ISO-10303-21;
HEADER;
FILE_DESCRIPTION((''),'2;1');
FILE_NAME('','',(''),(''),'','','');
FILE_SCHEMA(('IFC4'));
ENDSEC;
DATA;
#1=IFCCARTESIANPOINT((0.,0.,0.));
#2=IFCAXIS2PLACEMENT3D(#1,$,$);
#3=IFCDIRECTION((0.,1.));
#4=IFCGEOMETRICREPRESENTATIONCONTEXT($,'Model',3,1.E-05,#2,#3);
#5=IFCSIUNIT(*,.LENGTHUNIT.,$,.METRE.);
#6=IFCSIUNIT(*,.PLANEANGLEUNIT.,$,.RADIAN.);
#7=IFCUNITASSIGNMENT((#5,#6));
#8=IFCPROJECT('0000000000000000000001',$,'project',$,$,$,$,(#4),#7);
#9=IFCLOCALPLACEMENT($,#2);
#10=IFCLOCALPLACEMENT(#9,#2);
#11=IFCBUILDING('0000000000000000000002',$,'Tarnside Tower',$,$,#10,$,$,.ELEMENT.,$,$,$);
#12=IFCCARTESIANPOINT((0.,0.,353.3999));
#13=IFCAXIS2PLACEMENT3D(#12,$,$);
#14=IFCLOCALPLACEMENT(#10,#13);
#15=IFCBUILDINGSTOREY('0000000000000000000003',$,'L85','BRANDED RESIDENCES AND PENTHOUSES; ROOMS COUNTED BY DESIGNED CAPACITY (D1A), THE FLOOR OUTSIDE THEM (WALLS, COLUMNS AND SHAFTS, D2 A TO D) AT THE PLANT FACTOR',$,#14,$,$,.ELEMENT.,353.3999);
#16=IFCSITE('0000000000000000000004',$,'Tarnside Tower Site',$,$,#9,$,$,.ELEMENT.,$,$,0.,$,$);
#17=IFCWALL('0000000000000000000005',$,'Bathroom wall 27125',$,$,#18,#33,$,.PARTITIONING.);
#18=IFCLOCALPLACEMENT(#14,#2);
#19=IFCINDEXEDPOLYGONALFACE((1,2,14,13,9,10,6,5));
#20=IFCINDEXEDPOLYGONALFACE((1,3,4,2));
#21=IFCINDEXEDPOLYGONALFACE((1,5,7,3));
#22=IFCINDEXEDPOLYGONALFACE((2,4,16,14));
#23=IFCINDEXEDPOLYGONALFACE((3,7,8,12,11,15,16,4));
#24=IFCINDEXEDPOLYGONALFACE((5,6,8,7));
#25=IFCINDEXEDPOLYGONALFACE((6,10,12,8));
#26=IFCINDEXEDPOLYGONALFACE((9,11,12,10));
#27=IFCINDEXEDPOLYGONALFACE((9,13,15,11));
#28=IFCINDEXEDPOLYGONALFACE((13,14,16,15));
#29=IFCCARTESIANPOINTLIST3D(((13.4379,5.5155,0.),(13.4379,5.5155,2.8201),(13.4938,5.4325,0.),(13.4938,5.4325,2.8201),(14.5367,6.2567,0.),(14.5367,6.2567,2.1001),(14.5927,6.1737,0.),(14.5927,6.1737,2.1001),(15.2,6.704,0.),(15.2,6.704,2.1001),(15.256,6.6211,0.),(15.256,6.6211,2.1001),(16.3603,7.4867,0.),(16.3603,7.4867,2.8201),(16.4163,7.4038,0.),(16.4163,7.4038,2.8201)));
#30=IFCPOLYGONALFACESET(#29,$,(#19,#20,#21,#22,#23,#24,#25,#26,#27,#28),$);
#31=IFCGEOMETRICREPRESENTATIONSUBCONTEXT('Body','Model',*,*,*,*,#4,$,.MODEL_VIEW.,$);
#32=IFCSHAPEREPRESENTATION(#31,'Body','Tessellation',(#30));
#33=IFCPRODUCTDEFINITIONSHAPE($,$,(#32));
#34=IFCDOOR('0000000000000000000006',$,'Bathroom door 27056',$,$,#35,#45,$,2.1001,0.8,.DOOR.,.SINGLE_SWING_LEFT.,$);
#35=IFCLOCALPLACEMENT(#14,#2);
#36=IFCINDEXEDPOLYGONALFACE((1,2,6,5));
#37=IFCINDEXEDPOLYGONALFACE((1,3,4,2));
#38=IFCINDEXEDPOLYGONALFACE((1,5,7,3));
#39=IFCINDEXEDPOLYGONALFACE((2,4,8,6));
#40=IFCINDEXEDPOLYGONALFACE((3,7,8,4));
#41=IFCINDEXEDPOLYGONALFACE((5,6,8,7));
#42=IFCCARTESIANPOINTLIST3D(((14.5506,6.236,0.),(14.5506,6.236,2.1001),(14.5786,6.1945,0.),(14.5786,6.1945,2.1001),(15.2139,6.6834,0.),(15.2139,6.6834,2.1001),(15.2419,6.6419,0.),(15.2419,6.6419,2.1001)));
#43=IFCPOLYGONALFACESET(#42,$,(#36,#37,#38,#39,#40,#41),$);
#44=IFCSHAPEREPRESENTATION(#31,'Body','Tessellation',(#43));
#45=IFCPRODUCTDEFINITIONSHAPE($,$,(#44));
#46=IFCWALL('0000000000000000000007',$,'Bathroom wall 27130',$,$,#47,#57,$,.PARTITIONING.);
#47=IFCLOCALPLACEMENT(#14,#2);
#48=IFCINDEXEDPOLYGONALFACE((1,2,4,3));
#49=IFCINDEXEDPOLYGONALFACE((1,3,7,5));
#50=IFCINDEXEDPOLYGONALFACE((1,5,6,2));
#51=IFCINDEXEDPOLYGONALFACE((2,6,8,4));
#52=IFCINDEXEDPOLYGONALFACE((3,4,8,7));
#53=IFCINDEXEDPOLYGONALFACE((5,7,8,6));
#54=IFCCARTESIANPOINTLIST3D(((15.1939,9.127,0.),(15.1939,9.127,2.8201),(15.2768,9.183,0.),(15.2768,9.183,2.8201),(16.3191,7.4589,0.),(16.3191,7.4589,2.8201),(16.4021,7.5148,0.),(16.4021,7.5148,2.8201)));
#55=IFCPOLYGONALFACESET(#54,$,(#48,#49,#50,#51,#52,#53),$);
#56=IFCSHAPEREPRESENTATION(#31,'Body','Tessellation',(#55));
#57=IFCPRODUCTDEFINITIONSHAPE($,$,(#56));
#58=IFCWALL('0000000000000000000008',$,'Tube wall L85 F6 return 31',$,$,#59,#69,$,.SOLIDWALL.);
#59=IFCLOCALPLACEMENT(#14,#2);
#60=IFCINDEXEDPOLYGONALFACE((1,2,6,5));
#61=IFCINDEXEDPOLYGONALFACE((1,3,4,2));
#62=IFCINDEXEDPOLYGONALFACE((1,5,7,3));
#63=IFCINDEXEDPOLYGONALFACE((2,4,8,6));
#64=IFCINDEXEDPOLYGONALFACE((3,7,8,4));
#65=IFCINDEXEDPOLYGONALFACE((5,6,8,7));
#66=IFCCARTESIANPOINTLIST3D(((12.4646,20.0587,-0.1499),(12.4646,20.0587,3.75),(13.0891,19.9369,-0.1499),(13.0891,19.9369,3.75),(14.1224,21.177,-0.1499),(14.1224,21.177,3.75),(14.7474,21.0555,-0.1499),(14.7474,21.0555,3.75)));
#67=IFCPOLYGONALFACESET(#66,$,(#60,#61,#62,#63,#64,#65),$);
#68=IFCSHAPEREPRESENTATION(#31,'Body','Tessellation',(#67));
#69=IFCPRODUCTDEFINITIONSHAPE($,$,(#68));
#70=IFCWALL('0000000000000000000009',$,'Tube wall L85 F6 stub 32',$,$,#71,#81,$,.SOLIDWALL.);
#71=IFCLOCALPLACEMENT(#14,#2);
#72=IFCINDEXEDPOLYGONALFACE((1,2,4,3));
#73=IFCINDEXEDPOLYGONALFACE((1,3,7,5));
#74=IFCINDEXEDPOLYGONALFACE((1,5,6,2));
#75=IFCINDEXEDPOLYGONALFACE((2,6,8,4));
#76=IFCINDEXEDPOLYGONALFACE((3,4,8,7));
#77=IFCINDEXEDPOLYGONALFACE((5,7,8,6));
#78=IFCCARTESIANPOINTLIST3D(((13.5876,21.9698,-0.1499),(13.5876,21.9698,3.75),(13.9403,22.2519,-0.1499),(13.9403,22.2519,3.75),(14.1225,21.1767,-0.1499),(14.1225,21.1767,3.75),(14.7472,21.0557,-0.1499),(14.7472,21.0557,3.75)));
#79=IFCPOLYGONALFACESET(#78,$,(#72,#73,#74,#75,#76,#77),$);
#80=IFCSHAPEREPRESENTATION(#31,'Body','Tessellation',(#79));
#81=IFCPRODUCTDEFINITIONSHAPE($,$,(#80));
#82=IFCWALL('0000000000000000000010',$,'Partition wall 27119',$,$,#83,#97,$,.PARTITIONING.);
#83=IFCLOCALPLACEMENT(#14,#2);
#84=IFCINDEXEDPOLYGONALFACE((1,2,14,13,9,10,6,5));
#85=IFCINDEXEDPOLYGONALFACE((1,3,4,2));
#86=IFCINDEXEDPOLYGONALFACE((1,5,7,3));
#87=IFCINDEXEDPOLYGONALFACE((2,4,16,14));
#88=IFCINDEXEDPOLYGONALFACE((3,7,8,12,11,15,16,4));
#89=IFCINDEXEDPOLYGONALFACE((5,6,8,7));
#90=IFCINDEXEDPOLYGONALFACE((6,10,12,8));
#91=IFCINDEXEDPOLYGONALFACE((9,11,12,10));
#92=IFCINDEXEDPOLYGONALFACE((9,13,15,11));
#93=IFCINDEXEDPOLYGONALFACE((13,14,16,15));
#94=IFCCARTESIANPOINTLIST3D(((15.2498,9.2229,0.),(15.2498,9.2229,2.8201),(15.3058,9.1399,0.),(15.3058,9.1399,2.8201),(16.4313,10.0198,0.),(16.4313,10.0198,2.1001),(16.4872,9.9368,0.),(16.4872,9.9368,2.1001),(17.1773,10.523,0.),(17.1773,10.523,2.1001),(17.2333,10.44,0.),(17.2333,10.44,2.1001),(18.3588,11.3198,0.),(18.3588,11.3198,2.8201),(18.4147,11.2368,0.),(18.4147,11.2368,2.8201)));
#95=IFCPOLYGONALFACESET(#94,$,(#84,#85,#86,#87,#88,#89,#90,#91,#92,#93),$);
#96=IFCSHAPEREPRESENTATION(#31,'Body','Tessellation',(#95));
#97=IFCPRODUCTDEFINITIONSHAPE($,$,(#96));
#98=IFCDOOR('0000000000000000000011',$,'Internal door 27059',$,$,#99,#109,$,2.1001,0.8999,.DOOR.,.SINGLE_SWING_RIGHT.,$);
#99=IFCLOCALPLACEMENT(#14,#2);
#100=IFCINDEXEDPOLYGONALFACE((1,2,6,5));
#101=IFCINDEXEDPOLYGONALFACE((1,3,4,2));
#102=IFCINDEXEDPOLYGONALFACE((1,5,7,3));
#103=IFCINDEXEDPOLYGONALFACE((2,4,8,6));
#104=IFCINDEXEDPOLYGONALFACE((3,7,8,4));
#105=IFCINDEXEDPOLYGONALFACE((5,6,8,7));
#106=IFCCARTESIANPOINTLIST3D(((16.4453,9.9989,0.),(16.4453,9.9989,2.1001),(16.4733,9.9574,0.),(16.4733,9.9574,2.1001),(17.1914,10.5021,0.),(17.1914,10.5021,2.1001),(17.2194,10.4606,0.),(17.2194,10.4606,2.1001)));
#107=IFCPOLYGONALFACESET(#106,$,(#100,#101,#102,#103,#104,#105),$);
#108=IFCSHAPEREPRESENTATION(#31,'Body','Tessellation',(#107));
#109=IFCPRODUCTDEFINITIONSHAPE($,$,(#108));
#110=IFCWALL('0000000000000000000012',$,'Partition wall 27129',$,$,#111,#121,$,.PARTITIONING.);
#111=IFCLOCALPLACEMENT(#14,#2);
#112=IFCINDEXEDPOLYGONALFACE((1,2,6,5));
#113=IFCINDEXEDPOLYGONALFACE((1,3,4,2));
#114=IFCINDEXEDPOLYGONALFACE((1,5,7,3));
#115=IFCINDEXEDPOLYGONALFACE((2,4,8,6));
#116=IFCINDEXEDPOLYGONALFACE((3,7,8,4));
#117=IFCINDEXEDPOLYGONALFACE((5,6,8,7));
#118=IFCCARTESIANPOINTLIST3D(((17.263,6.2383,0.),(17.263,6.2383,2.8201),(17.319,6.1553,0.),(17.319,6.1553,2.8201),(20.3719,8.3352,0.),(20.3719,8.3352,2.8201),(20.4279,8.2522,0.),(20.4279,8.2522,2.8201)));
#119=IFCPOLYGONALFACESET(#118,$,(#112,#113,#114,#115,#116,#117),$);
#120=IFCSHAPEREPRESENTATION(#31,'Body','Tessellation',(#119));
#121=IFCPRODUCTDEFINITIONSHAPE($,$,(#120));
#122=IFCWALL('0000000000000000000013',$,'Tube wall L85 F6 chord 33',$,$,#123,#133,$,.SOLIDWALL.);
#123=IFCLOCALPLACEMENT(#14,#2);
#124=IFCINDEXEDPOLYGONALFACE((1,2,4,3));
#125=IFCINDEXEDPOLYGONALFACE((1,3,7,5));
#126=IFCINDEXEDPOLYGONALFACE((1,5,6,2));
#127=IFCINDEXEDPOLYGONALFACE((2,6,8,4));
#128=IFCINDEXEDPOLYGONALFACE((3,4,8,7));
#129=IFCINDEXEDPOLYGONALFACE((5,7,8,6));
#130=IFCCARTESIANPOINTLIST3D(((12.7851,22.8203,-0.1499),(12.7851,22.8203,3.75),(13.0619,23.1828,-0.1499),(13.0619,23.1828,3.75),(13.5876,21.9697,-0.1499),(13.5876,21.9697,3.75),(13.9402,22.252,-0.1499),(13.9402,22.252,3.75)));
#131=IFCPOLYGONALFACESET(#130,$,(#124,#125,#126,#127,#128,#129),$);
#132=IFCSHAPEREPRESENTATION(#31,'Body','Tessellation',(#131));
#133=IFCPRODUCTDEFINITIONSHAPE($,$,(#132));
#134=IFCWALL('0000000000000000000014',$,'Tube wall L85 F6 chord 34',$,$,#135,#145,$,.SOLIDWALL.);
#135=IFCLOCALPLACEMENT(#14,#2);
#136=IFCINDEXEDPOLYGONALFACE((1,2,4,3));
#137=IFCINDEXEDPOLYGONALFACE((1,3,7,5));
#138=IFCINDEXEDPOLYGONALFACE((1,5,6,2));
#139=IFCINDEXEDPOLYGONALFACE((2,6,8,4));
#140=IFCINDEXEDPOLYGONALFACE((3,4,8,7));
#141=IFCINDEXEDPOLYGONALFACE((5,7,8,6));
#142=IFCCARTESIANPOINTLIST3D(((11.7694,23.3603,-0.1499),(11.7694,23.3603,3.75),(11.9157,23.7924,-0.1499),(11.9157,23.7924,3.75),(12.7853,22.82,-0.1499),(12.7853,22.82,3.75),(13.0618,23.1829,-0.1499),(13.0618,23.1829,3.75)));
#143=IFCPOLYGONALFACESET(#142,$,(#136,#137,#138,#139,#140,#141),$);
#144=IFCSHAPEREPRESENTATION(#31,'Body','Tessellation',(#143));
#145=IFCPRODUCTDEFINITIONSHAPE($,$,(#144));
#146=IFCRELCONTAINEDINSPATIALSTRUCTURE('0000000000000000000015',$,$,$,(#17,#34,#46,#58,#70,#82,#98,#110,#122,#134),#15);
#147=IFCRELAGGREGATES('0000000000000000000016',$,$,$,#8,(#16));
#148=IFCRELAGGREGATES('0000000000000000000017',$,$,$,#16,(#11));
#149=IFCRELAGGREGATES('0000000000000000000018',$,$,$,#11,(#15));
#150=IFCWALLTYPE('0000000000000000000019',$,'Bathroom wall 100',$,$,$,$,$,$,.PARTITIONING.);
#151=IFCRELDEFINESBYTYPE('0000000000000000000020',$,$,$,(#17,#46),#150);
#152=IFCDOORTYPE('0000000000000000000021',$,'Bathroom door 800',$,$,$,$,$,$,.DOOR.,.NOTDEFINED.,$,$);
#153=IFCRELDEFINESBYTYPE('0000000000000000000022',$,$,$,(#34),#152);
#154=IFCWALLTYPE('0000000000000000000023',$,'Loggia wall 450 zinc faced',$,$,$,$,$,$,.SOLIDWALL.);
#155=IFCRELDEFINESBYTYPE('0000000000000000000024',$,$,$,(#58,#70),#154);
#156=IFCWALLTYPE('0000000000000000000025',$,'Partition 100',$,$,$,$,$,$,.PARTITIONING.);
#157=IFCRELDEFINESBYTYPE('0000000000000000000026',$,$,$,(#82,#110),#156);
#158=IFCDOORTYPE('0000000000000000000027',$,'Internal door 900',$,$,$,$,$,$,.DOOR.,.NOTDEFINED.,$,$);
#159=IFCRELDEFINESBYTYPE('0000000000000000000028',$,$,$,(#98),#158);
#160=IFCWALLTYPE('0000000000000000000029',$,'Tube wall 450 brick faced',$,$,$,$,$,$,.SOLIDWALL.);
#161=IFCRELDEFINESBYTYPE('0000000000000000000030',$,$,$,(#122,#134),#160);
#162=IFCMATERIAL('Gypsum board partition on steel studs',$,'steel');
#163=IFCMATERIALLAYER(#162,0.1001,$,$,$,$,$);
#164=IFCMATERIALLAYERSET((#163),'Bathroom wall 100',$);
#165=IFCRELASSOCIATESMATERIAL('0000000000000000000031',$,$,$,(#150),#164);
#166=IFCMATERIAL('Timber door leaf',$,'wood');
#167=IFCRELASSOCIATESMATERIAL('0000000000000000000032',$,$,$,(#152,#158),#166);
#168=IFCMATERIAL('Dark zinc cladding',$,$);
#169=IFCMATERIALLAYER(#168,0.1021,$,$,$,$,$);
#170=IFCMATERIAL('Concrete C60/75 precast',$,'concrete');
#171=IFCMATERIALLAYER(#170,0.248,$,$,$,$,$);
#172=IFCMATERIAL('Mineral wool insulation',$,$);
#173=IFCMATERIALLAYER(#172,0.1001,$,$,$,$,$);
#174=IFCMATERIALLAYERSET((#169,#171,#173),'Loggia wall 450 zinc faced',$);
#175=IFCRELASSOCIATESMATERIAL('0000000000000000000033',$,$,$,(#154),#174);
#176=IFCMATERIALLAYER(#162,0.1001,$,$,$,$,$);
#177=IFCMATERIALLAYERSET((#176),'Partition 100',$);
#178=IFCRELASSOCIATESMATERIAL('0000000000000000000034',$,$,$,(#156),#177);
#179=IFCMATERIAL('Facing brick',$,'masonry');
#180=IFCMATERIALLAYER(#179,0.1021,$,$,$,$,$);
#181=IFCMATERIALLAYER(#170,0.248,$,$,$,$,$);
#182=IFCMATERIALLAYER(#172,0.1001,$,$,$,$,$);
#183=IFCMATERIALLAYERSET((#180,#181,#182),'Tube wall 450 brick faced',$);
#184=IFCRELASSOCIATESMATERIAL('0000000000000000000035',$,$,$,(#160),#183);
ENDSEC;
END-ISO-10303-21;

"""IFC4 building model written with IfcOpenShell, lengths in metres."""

from ifc_helpers import new_model, si_unit, direction, frame, frame_2d, origin, place, context, subcontext, project, spatial, polyline, rectangle, outline, extrude, material, layer, layer_set, type_object, element, fill, save


model = new_model("IFC4")

# Units and contexts
model_context = context("Model", 3, precision=1e-05, world=origin(), true_north=direction((0.0, 1.0)))
body_context = subcontext(model_context, "Body", "Model", "MODEL_VIEW")
ifc_project = project(units=[si_unit("LENGTHUNIT", "METRE"), si_unit("PLANEANGLEUNIT", "RADIAN")], contexts=[model_context])

# Site, building, storey
site_placement = place(None, origin())
site = spatial("IfcSite", under=ifc_project, at=site_placement, Name="Tarnside Tower Site", CompositionType="ELEMENT", RefElevation=0.0)
building_placement = place(site_placement, origin())
building = spatial("IfcBuilding", under=site, at=building_placement, Name="Tarnside Tower", CompositionType="ELEMENT")
storey_placement = place(building_placement, frame((0.0, 0.0, 353.3999)))
storey = spatial("IfcBuildingStorey", under=building, at=storey_placement, Name="L85", Description="BRANDED RESIDENCES AND PENTHOUSES; ROOMS COUNTED BY DESIGNED CAPACITY (D1A), THE FLOOR OUTSIDE THEM (WALLS, COLUMNS AND SHAFTS, D2 A TO D) AT THE PLANT FACTOR", CompositionType="ELEMENT", Elevation=353.3999)

# Shared definitions
ifc_material_1 = material(Name="Gypsum board partition on steel studs", Category="steel")
ifc_layer_1 = layer(ifc_material_1, 0.1001)
ifc_layer_set_1 = layer_set([ifc_layer_1], Name="Bathroom wall 100")
wall_type_1 = type_object("IfcWallType", Name="Bathroom wall 100", PredefinedType="PARTITIONING", material=ifc_layer_set_1)

# Wall, opening, door
wall_1_placement = place(storey_placement, frame((16.3884, 7.4453, 0.0), z_axis=(0.0, 0.0, 1.0), x_axis=(-0.829033, -0.559199, 0.0)))
wall_1 = element("IfcWall", 1, at=wall_1_placement, inside=storey, type_object=wall_type_1, Name="Bathroom wall 27125", PredefinedType="PARTITIONING", context=body_context, shape_type="SweptSolid", body=[
    extrude(rectangle(XDim=3.5251, YDim=0.1001, at=frame_2d((1.7627, 0.0))), origin(), (0.0, 0.0, 1.0), 2.8201),
])
opening_1_placement = place(wall_1_placement, frame((1.3999, 0.0, 0.0)))
opening_1 = element("IfcOpeningElement", 2, at=opening_1_placement, cuts=wall_1, PredefinedType="OPENING", context=body_context, shape_type="SweptSolid", body=[
    extrude(rectangle(XDim=0.8, YDim=2.1001, at=frame_2d((0.3999, 1.05))), frame((0.0, 0.0601, 0.0), z_axis=(0.0, -1.0, 0.0), x_axis=(1.0, 0.0, 0.0)), (0.0, 0.0, 1.0), 0.1201),
])
ifc_material_2 = material(Name="Timber door leaf", Category="wood")
door_type_1 = type_object("IfcDoorType", Name="Bathroom door 800", OperationType="NOTDEFINED", PredefinedType="DOOR", material=ifc_material_2)
door_1_placement = place(opening_1_placement, origin())
door_1 = element("IfcDoor", 3, at=door_1_placement, inside=storey, type_object=door_type_1, Name="Bathroom door 27056", OperationType="SINGLE_SWING_LEFT", OverallHeight=2.1001, OverallWidth=0.8, PredefinedType="DOOR", context=body_context, shape_type="SweptSolid", body=[
    extrude(rectangle(XDim=0.8, YDim=2.1001, at=frame_2d((0.3999, 1.05))), frame((0.0, 0.0249, 0.0), z_axis=(0.0, -1.0, 0.0), x_axis=(1.0, 0.0, 0.0)), (0.0, 0.0, 1.0), 0.05),
])
fill(opening_1, door_1)

# Walls
wall_2_placement = place(storey_placement, frame((15.2354, 9.155, 0.0), z_axis=(0.0, 0.0, 1.0), x_axis=(0.5592, -0.829033, 0.0)))
element("IfcWall", 4, at=wall_2_placement, inside=storey, type_object=wall_type_1, Name="Bathroom wall 27130", PredefinedType="PARTITIONING", context=body_context, shape_type="SweptSolid", body=[
    extrude(rectangle(XDim=2.0122, YDim=0.1001, at=frame_2d((1.0061, 0.0))), origin(), (0.0, 0.0, 1.0), 2.8201),
])
ifc_material_3 = material(Name="Dark zinc cladding")
ifc_layer_2 = layer(ifc_material_3, 0.1021)
ifc_material_4 = material(Name="Concrete C60/75 precast", Category="concrete")
ifc_layer_3 = layer(ifc_material_4, 0.248)
ifc_material_5 = material(Name="Mineral wool insulation")
ifc_layer_4 = layer(ifc_material_5, 0.1001)
ifc_layer_set_2 = layer_set([ifc_layer_2, ifc_layer_3, ifc_layer_4], Name="Loggia wall 450 zinc faced")
wall_type_2 = type_object("IfcWallType", Name="Loggia wall 450 zinc faced", PredefinedType="SOLIDWALL", material=ifc_layer_set_2)
wall_3_placement = place(storey_placement, frame((12.7769, 19.9978, -0.1499), z_axis=(0.0, 0.0, 1.0), x_axis=(0.829014, 0.559228, 0.0)))
element("IfcWall", 5, at=wall_3_placement, inside=storey, type_object=wall_type_2, Name="Tube wall L85 F6 return 31", PredefinedType="SOLIDWALL", context=body_context, shape_type="SweptSolid", body=[
    extrude(outline(polyline([(0.2249, -0.2251), (2.2251, -0.2251), (1.7749, 0.2251), (-0.2249, 0.2251), (0.2249, -0.2251)])), origin(), (0.0, 0.0, 1.0), 3.8999),
])
wall_4_placement = place(storey_placement, frame((14.4348, 21.1162, -0.1499), z_axis=(0.0, 0.0, 1.0), x_axis=(-0.5592, 0.829033, 0.0)))
element("IfcWall", 6, at=wall_4_placement, inside=storey, type_object=wall_type_2, Name="Tube wall L85 F6 stub 32", PredefinedType="SOLIDWALL", context=body_context, shape_type="SweptSolid", body=[
    extrude(outline(polyline([(-0.2249, -0.2251), (1.218, -0.2251), (1.1814, 0.2251), (0.2249, 0.2251), (-0.2249, -0.2251)])), origin(), (0.0, 0.0, 1.0), 3.8999),
])

# Wall, opening, door
ifc_layer_5 = layer(ifc_material_1, 0.1001)
ifc_layer_set_3 = layer_set([ifc_layer_5], Name="Partition 100")
wall_type_3 = type_object("IfcWallType", Name="Partition 100", PredefinedType="PARTITIONING", material=ifc_layer_set_3)
wall_5_placement = place(storey_placement, frame((15.2778, 9.1814, 0.0), z_axis=(0.0, 0.0, 1.0), x_axis=(0.829043, 0.559184, 0.0)))
wall_5 = element("IfcWall", 7, at=wall_5_placement, inside=storey, type_object=wall_type_3, Name="Partition wall 27119", PredefinedType="PARTITIONING", context=body_context, shape_type="SweptSolid", body=[
    extrude(rectangle(XDim=3.75, YDim=0.1001, at=frame_2d((1.875, 0.0))), origin(), (0.0, 0.0, 1.0), 2.8201),
])
opening_2_placement = place(wall_5_placement, frame((1.425, 0.0, 0.0)))
opening_2 = element("IfcOpeningElement", 8, at=opening_2_placement, cuts=wall_5, PredefinedType="OPENING", context=body_context, shape_type="SweptSolid", body=[
    extrude(rectangle(XDim=0.8999, YDim=2.1001, at=frame_2d((0.45, 1.05))), frame((0.0, 0.0601, 0.0), z_axis=(0.0, -1.0, 0.0), x_axis=(1.0, 0.0, 0.0)), (0.0, 0.0, 1.0), 0.1201),
])
door_type_2 = type_object("IfcDoorType", Name="Internal door 900", OperationType="NOTDEFINED", PredefinedType="DOOR", material=ifc_material_2)
door_2_placement = place(opening_2_placement, origin())
door_2 = element("IfcDoor", 9, at=door_2_placement, inside=storey, type_object=door_type_2, Name="Internal door 27059", OperationType="SINGLE_SWING_RIGHT", OverallHeight=2.1001, OverallWidth=0.8999, PredefinedType="DOOR", context=body_context, shape_type="SweptSolid", body=[
    extrude(rectangle(XDim=0.8999, YDim=2.1001, at=frame_2d((0.45, 1.05))), frame((0.0, 0.0249, 0.0), z_axis=(0.0, -1.0, 0.0), x_axis=(1.0, 0.0, 0.0)), (0.0, 0.0, 1.0), 0.05),
])
fill(opening_2, door_2)

# Walls
wall_6_placement = place(storey_placement, frame((20.3999, 8.2937, 0.0), z_axis=(0.0, 0.0, 1.0), x_axis=(-0.829043, -0.559184, 0.0)))
element("IfcWall", 10, at=wall_6_placement, inside=storey, type_object=wall_type_3, Name="Partition wall 27129", PredefinedType="PARTITIONING", context=body_context, shape_type="SweptSolid", body=[
    extrude(rectangle(XDim=3.75, YDim=0.1001, at=frame_2d((1.875, 0.0))), origin(), (0.0, 0.0, 1.0), 2.8201),
])
ifc_material_6 = material(Name="Facing brick", Category="masonry")
ifc_layer_6 = layer(ifc_material_6, 0.1021)
ifc_layer_7 = layer(ifc_material_4, 0.248)
ifc_layer_8 = layer(ifc_material_5, 0.1001)
ifc_layer_set_4 = layer_set([ifc_layer_6, ifc_layer_7, ifc_layer_8], Name="Tube wall 450 brick faced")
wall_type_4 = type_object("IfcWallType", Name="Tube wall 450 brick faced", PredefinedType="SOLIDWALL", material=ifc_layer_set_4)
wall_7_placement = place(storey_placement, frame((13.7639, 22.1108, -0.1499), z_axis=(0.0, 0.0, 1.0), x_axis=(-0.686272, 0.727345, 0.0)))
element("IfcWall", 11, at=wall_7_placement, inside=storey, type_object=wall_type_4, Name="Tube wall L85 F6 chord 33", PredefinedType="SOLIDWALL", context=body_context, shape_type="SweptSolid", body=[
    extrude(outline(polyline([(-0.0183, -0.2251), (1.2615, -0.2251), (1.1877, 0.2251), (0.0183, 0.2251), (-0.0183, -0.2251)])), origin(), (0.0, 0.0, 1.0), 3.8999),
])
wall_8_placement = place(storey_placement, frame((12.9236, 23.0015, -0.1499), z_axis=(0.0, 0.0, 1.0), x_axis=(-0.882899, 0.469563, 0.0)))
element("IfcWall", 12, at=wall_8_placement, inside=storey, type_object=wall_type_4, Name="Tube wall L85 F6 chord 34", PredefinedType="SOLIDWALL", context=body_context, shape_type="SweptSolid", body=[
    extrude(outline(polyline([(-0.0369, -0.2251), (1.2612, -0.2251), (1.1875, 0.2251), (0.0369, 0.2251), (-0.0369, -0.2251)])), origin(), (0.0, 0.0, 1.0), 3.8999),
])

save(model, "model.ifc")
